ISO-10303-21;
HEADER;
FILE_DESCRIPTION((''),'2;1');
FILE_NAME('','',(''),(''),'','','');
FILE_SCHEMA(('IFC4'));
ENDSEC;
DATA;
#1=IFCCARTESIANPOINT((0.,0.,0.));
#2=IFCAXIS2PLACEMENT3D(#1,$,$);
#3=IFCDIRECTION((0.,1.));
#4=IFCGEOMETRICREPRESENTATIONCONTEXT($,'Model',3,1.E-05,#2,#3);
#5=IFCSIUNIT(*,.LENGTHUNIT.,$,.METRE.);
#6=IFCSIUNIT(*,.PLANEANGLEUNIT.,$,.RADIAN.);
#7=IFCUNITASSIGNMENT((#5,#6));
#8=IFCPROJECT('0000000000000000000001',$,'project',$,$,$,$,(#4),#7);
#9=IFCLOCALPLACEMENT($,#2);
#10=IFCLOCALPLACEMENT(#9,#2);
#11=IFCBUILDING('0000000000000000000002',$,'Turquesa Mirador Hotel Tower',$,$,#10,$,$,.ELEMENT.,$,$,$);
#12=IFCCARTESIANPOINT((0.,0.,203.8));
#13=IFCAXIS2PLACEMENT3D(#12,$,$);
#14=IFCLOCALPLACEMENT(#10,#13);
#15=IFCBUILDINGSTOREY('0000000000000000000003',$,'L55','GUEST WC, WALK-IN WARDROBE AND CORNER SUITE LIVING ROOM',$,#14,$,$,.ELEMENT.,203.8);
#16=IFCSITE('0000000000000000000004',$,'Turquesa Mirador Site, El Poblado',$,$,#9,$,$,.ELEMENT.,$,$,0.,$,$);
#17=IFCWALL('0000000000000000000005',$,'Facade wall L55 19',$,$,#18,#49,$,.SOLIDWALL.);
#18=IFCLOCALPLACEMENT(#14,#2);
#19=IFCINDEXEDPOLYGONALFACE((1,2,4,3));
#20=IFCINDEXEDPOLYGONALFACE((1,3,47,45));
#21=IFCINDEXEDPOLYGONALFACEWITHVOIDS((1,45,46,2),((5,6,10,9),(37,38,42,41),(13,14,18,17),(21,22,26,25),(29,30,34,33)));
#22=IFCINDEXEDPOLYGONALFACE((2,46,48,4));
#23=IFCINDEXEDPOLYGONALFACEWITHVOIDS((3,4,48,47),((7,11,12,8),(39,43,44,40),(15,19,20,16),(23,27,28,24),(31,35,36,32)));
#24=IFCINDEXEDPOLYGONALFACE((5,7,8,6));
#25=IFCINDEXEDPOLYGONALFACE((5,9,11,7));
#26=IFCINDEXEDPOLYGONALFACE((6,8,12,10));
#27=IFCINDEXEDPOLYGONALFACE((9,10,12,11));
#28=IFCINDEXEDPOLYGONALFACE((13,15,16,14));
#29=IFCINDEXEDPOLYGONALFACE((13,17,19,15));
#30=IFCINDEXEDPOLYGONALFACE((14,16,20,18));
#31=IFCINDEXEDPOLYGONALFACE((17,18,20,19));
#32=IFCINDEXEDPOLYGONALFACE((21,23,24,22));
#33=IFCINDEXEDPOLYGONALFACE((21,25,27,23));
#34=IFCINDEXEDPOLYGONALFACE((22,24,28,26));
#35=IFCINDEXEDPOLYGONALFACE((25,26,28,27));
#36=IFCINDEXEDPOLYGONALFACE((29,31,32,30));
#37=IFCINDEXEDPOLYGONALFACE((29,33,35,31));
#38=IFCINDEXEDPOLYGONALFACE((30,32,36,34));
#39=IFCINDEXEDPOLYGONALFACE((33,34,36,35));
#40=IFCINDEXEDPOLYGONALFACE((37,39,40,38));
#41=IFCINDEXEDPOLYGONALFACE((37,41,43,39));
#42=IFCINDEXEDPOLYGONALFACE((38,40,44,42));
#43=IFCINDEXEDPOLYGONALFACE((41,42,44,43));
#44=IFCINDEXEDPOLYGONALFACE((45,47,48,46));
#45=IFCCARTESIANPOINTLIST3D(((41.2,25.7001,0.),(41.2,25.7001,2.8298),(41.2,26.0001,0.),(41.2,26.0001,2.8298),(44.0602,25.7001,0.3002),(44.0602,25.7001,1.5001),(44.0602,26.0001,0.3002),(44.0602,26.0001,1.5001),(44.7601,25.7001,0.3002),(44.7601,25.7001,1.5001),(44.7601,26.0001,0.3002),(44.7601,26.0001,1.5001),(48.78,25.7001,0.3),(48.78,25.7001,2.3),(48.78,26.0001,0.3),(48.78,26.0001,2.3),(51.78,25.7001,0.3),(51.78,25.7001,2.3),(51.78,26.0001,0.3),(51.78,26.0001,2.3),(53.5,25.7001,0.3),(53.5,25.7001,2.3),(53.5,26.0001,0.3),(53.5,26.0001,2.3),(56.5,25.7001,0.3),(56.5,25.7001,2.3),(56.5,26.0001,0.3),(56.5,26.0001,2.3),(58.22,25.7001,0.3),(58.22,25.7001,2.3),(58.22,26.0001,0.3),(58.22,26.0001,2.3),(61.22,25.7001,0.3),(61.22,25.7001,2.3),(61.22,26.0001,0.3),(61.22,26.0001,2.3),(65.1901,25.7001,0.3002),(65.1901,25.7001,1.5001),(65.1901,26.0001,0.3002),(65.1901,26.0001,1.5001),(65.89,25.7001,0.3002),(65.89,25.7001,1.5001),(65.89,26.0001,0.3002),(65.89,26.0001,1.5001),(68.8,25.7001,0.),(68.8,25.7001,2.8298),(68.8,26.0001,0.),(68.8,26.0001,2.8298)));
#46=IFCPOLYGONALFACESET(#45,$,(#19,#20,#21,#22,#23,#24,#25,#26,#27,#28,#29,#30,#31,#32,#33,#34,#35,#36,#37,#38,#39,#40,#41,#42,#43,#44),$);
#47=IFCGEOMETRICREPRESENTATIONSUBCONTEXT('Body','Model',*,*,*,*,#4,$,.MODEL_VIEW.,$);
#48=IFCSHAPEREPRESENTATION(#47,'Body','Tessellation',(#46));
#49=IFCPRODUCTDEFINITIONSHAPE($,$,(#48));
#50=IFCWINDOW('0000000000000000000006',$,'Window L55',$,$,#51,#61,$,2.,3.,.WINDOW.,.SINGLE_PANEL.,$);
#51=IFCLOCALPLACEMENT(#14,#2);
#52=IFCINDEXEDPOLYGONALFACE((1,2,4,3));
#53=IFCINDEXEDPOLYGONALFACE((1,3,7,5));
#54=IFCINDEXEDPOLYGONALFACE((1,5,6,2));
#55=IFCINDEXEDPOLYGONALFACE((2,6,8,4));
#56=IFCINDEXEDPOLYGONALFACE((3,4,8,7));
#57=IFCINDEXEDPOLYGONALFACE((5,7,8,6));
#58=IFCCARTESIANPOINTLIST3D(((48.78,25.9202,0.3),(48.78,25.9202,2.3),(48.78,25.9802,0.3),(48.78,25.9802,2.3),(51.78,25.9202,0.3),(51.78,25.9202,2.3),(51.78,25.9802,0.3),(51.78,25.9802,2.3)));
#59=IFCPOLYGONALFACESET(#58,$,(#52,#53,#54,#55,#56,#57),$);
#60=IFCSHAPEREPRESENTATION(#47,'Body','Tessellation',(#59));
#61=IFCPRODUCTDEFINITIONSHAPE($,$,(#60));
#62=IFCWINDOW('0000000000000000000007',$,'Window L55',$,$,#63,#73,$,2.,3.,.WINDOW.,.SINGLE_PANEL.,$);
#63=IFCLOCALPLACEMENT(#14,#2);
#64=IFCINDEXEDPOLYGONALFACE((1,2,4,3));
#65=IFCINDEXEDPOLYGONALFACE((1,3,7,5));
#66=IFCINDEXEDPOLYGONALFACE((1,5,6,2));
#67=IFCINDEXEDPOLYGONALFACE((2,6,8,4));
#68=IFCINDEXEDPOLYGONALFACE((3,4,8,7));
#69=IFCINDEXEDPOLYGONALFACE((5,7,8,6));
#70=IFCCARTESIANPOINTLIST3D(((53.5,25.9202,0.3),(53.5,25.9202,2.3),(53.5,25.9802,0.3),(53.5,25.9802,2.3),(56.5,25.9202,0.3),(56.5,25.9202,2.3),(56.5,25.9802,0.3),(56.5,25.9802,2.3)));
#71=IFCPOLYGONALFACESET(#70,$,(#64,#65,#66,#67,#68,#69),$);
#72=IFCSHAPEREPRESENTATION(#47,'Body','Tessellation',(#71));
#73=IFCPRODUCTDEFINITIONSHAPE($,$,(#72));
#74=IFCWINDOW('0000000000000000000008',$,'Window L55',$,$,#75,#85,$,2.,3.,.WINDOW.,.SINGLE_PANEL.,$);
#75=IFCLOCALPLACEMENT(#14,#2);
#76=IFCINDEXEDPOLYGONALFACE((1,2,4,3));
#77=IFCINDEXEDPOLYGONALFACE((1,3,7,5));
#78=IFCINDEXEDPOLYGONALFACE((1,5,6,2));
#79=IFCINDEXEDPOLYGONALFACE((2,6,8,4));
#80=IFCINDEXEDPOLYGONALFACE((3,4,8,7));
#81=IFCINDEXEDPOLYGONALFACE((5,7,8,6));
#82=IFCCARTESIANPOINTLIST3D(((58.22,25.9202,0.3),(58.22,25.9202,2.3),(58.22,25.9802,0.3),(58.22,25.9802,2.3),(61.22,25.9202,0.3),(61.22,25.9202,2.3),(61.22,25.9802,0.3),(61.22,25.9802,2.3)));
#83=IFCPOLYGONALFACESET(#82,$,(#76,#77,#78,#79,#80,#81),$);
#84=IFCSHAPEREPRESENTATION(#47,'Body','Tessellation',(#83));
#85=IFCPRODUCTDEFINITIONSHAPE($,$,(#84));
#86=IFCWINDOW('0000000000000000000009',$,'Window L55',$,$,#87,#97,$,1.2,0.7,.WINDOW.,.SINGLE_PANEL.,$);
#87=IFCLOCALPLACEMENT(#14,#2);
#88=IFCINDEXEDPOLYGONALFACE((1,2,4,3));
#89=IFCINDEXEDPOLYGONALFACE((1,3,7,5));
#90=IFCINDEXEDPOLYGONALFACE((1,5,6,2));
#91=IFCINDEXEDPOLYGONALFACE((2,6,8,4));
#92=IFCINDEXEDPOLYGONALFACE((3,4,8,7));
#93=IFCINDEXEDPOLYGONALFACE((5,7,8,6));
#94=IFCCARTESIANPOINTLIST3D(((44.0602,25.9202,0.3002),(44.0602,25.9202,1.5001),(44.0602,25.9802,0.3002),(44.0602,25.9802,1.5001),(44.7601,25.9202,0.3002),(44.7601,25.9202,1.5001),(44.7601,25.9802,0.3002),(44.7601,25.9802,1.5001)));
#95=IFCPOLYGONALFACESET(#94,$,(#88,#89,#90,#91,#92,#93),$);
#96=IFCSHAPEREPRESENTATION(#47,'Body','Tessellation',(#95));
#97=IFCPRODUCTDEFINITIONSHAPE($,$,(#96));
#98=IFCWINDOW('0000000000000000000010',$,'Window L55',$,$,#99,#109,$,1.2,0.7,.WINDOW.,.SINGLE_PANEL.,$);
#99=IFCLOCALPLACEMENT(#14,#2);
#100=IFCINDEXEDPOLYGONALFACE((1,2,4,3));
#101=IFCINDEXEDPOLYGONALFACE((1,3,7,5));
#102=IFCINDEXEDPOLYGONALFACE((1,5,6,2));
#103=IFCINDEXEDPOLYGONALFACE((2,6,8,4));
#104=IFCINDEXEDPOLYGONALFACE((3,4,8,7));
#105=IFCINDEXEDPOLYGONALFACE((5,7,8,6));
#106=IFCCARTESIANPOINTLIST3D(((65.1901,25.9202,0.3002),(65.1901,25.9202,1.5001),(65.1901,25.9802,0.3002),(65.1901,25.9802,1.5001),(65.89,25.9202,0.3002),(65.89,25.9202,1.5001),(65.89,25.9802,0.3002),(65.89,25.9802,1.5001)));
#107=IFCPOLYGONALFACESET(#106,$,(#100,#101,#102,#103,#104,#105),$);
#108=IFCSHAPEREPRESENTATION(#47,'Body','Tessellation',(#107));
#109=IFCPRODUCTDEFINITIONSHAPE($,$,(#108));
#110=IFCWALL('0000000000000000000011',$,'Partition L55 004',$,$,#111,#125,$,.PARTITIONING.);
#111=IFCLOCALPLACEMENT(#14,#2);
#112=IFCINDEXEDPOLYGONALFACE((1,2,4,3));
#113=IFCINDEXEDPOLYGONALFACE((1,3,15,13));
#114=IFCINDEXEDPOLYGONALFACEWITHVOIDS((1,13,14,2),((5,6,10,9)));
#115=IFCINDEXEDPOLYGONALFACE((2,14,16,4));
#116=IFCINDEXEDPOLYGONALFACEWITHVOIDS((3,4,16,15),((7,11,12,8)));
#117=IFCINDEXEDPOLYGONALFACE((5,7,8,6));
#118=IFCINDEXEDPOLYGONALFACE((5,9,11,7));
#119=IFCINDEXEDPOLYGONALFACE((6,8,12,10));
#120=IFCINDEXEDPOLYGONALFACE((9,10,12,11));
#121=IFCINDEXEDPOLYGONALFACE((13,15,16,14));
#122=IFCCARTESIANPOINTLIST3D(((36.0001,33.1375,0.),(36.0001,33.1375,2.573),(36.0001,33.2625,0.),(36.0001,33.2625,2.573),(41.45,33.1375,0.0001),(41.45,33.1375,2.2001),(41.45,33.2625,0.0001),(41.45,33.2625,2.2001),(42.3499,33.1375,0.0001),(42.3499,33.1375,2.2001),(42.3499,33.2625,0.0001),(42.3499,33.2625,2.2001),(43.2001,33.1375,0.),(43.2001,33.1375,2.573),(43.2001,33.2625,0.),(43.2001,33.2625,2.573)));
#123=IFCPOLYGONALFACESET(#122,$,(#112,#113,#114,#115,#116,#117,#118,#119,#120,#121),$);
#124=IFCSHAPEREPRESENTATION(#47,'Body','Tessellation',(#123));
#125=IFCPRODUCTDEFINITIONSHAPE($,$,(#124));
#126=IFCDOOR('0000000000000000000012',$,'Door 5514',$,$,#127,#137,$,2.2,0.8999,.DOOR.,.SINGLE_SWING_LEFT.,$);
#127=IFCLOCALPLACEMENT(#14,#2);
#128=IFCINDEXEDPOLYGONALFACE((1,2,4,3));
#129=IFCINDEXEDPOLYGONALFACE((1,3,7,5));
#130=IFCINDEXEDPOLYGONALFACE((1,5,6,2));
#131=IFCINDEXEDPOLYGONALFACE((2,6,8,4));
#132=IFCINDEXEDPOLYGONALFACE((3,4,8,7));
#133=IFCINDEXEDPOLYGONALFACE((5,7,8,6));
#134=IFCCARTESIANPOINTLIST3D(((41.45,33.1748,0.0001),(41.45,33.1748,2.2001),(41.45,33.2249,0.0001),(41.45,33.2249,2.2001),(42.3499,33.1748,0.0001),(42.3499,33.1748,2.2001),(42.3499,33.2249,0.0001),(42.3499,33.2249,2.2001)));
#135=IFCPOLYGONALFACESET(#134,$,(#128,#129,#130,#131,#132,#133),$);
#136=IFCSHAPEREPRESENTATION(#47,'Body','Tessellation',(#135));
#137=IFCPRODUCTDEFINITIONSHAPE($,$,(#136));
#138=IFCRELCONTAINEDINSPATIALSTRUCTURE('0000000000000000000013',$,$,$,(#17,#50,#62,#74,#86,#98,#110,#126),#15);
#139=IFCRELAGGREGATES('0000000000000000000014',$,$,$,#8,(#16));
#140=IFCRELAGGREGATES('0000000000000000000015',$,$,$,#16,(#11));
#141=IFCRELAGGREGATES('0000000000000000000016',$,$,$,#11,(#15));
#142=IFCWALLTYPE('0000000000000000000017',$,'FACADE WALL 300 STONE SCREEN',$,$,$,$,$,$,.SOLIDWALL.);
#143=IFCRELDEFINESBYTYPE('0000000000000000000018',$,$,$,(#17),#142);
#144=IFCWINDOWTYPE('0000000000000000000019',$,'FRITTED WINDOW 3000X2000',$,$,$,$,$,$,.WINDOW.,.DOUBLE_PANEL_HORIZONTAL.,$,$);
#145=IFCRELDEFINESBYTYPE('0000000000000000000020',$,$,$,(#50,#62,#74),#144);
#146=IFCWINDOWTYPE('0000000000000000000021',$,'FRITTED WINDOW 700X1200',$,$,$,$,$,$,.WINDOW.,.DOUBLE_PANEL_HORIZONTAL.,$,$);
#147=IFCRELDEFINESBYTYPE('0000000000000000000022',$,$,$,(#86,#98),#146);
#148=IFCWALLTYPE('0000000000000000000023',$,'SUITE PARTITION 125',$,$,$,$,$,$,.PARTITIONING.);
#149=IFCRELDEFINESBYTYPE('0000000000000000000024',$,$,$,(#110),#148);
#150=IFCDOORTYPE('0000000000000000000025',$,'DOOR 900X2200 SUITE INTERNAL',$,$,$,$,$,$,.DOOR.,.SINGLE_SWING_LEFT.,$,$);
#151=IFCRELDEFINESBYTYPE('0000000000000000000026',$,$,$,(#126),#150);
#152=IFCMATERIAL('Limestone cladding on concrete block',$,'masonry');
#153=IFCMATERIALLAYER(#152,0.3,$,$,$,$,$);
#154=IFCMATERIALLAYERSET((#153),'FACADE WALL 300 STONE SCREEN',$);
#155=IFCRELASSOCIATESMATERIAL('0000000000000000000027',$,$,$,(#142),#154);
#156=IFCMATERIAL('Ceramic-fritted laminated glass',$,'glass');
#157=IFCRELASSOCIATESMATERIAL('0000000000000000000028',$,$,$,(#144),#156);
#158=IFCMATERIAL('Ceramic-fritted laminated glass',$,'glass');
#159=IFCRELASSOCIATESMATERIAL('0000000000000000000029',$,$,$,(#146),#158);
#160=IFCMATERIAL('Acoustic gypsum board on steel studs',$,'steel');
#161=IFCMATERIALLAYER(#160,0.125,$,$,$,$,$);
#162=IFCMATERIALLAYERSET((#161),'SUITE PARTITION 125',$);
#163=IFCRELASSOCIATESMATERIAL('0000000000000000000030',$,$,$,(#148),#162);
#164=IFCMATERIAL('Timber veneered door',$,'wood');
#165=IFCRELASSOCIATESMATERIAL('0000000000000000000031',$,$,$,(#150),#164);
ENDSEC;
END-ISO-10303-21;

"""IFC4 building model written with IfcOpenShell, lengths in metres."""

from ifc_helpers import new_model, si_unit, direction, frame, frame_2d, origin, place, context, subcontext, project, spatial, rectangle, extrude, material, layer, layer_set, type_object, element, fill, save


model = new_model("IFC4")

# Units and contexts
model_context = context("Model", 3, precision=1e-05, world=origin(), true_north=direction((0.0, 1.0)))
body_context = subcontext(model_context, "Body", "Model", "MODEL_VIEW")
ifc_project = project(units=[si_unit("LENGTHUNIT", "METRE"), si_unit("PLANEANGLEUNIT", "RADIAN")], contexts=[model_context])

# Site, building, storey
site_placement = place(None, origin())
site = spatial("IfcSite", under=ifc_project, at=site_placement, Name="Turquesa Mirador Site, El Poblado", CompositionType="ELEMENT", RefElevation=0.0)
building_placement = place(site_placement, origin())
building = spatial("IfcBuilding", under=site, at=building_placement, Name="Turquesa Mirador Hotel Tower", CompositionType="ELEMENT")
storey_placement = place(building_placement, frame((0.0, 0.0, 203.8)))
storey = spatial("IfcBuildingStorey", under=building, at=storey_placement, Name="L55", Description="GUEST WC, WALK-IN WARDROBE AND CORNER SUITE LIVING ROOM", CompositionType="ELEMENT", Elevation=203.8)

# Shared definitions
ifc_material_1 = material(Name="Limestone cladding on concrete block", Category="masonry")
ifc_layer_1 = layer(ifc_material_1, 0.3)
ifc_layer_set_1 = layer_set([ifc_layer_1], Name="FACADE WALL 300 STONE SCREEN")
wall_type_1 = type_object("IfcWallType", Name="FACADE WALL 300 STONE SCREEN", PredefinedType="SOLIDWALL", material=ifc_layer_set_1)

# Wall, openings, windows
wall_1_placement = place(storey_placement, frame((41.2, 25.8501, 0.0), z_axis=(0.0, 0.0, 1.0), x_axis=(1.0, 0.0, 0.0)))
wall_1 = element("IfcWall", 1, at=wall_1_placement, inside=storey, type_object=wall_type_1, Name="Facade wall L55 19", PredefinedType="SOLIDWALL", context=body_context, shape_type="SweptSolid", body=[
    extrude(rectangle(XDim=27.6001, YDim=0.3, at=frame_2d((13.8, 0.0))), origin(), (0.0, 0.0, 1.0), 2.8298),
])
opening_1_placement = place(wall_1_placement, frame((2.8601, 0.0, 0.3)))
opening_1 = element("IfcOpeningElement", 2, at=opening_1_placement, cuts=wall_1, PredefinedType="OPENING", context=body_context, shape_type="SweptSolid", body=[
    extrude(rectangle(XDim=0.7, YDim=1.2, at=frame_2d((0.3501, 0.6001))), frame((0.0, 0.1599, 0.0), z_axis=(0.0, -1.0, 0.0), x_axis=(1.0, 0.0, 0.0)), (0.0, 0.0, 1.0), 0.3201),
])
opening_2_placement = place(wall_1_placement, frame((7.5801, 0.0, 0.3)))
opening_2 = element("IfcOpeningElement", 3, at=opening_2_placement, cuts=wall_1, PredefinedType="OPENING", context=body_context, shape_type="SweptSolid", body=[
    extrude(rectangle(XDim=3.0, YDim=2.0, at=frame_2d((1.5, 1.0))), frame((0.0, 0.1599, 0.0), z_axis=(0.0, -1.0, 0.0), x_axis=(1.0, 0.0, 0.0)), (0.0, 0.0, 1.0), 0.3201),
])
opening_3_placement = place(wall_1_placement, frame((12.3, 0.0, 0.3)))
opening_3 = element("IfcOpeningElement", 4, at=opening_3_placement, cuts=wall_1, PredefinedType="OPENING", context=body_context, shape_type="SweptSolid", body=[
    extrude(rectangle(XDim=3.0, YDim=2.0, at=frame_2d((1.5, 1.0))), frame((0.0, 0.1599, 0.0), z_axis=(0.0, -1.0, 0.0), x_axis=(1.0, 0.0, 0.0)), (0.0, 0.0, 1.0), 0.3201),
])
opening_4_placement = place(wall_1_placement, frame((17.02, 0.0, 0.3)))
opening_4 = element("IfcOpeningElement", 5, at=opening_4_placement, cuts=wall_1, PredefinedType="OPENING", context=body_context, shape_type="SweptSolid", body=[
    extrude(rectangle(XDim=3.0, YDim=2.0, at=frame_2d((1.5, 1.0))), frame((0.0, 0.1599, 0.0), z_axis=(0.0, -1.0, 0.0), x_axis=(1.0, 0.0, 0.0)), (0.0, 0.0, 1.0), 0.3201),
])
opening_5_placement = place(wall_1_placement, frame((23.99, 0.0, 0.3)))
opening_5 = element("IfcOpeningElement", 6, at=opening_5_placement, cuts=wall_1, PredefinedType="OPENING", context=body_context, shape_type="SweptSolid", body=[
    extrude(rectangle(XDim=0.7, YDim=1.2, at=frame_2d((0.3501, 0.6001))), frame((0.0, 0.1599, 0.0), z_axis=(0.0, -1.0, 0.0), x_axis=(1.0, 0.0, 0.0)), (0.0, 0.0, 1.0), 0.3201),
])
ifc_material_2 = material(Name="Ceramic-fritted laminated glass", Category="glass")
window_type_1 = type_object("IfcWindowType", Name="FRITTED WINDOW 3000X2000", PartitioningType="DOUBLE_PANEL_HORIZONTAL", PredefinedType="WINDOW", material=ifc_material_2)
window_1_placement = place(opening_2_placement, origin())
window_1 = element("IfcWindow", 7, at=window_1_placement, inside=storey, type_object=window_type_1, Name="Window L55", OverallHeight=2.0, OverallWidth=3.0, PartitioningType="SINGLE_PANEL", PredefinedType="WINDOW", context=body_context, shape_type="SweptSolid", body=[
    extrude(rectangle(XDim=3.0, YDim=2.0, at=frame_2d((1.5, 1.0))), frame((0.0, 0.1301, 0.0), z_axis=(0.0, -1.0, 0.0), x_axis=(1.0, 0.0, 0.0)), (0.0, 0.0, 1.0), 0.0601),
])
fill(opening_2, window_1)
window_2_placement = place(opening_3_placement, origin())
window_2 = element("IfcWindow", 8, at=window_2_placement, inside=storey, type_object=window_type_1, Name="Window L55", OverallHeight=2.0, OverallWidth=3.0, PartitioningType="SINGLE_PANEL", PredefinedType="WINDOW", context=body_context, shape_type="SweptSolid", body=[
    extrude(rectangle(XDim=3.0, YDim=2.0, at=frame_2d((1.5, 1.0))), frame((0.0, 0.1301, 0.0), z_axis=(0.0, -1.0, 0.0), x_axis=(1.0, 0.0, 0.0)), (0.0, 0.0, 1.0), 0.0601),
])
fill(opening_3, window_2)
window_3_placement = place(opening_4_placement, origin())
window_3 = element("IfcWindow", 9, at=window_3_placement, inside=storey, type_object=window_type_1, Name="Window L55", OverallHeight=2.0, OverallWidth=3.0, PartitioningType="SINGLE_PANEL", PredefinedType="WINDOW", context=body_context, shape_type="SweptSolid", body=[
    extrude(rectangle(XDim=3.0, YDim=2.0, at=frame_2d((1.5, 1.0))), frame((0.0, 0.1301, 0.0), z_axis=(0.0, -1.0, 0.0), x_axis=(1.0, 0.0, 0.0)), (0.0, 0.0, 1.0), 0.0601),
])
fill(opening_4, window_3)
ifc_material_3 = material(Name="Ceramic-fritted laminated glass", Category="glass")
window_type_2 = type_object("IfcWindowType", Name="FRITTED WINDOW 700X1200", PartitioningType="DOUBLE_PANEL_HORIZONTAL", PredefinedType="WINDOW", material=ifc_material_3)
window_4_placement = place(opening_1_placement, origin())
window_4 = element("IfcWindow", 10, at=window_4_placement, inside=storey, type_object=window_type_2, Name="Window L55", OverallHeight=1.2, OverallWidth=0.7, PartitioningType="SINGLE_PANEL", PredefinedType="WINDOW", context=body_context, shape_type="SweptSolid", body=[
    extrude(rectangle(XDim=0.7, YDim=1.2, at=frame_2d((0.3501, 0.6001))), frame((0.0, 0.1301, 0.0), z_axis=(0.0, -1.0, 0.0), x_axis=(1.0, 0.0, 0.0)), (0.0, 0.0, 1.0), 0.0601),
])
fill(opening_1, window_4)
window_5_placement = place(opening_5_placement, origin())
window_5 = element("IfcWindow", 11, at=window_5_placement, inside=storey, type_object=window_type_2, Name="Window L55", OverallHeight=1.2, OverallWidth=0.7, PartitioningType="SINGLE_PANEL", PredefinedType="WINDOW", context=body_context, shape_type="SweptSolid", body=[
    extrude(rectangle(XDim=0.7, YDim=1.2, at=frame_2d((0.3501, 0.6001))), frame((0.0, 0.1301, 0.0), z_axis=(0.0, -1.0, 0.0), x_axis=(1.0, 0.0, 0.0)), (0.0, 0.0, 1.0), 0.0601),
])
fill(opening_5, window_5)

# Wall, opening, door
ifc_material_4 = material(Name="Acoustic gypsum board on steel studs", Category="steel")
ifc_layer_2 = layer(ifc_material_4, 0.125)
ifc_layer_set_2 = layer_set([ifc_layer_2], Name="SUITE PARTITION 125")
wall_type_2 = type_object("IfcWallType", Name="SUITE PARTITION 125", PredefinedType="PARTITIONING", material=ifc_layer_set_2)
wall_2_placement = place(storey_placement, frame((36.0, 33.2, 0.0), z_axis=(0.0, 0.0, 1.0), x_axis=(1.0, 0.0, 0.0)))
wall_2 = element("IfcWall", 12, at=wall_2_placement, inside=storey, type_object=wall_type_2, Name="Partition L55 004", PredefinedType="PARTITIONING", context=body_context, shape_type="SweptSolid", body=[
    extrude(rectangle(XDim=7.2, YDim=0.125, at=frame_2d((3.6001, 0.0))), origin(), (0.0, 0.0, 1.0), 2.573),
])
opening_6_placement = place(wall_2_placement, frame((5.45, 0.0, 0.0)))
opening_6 = element("IfcOpeningElement", 13, at=opening_6_placement, cuts=wall_2, PredefinedType="OPENING", context=body_context, shape_type="SweptSolid", body=[
    extrude(rectangle(XDim=0.8999, YDim=2.2, at=frame_2d((0.45, 1.1001))), frame((0.0, 0.0725, 0.0), z_axis=(0.0, -1.0, 0.0), x_axis=(1.0, 0.0, 0.0)), (0.0, 0.0, 1.0), 0.145),
])
ifc_material_5 = material(Name="Timber veneered door", Category="wood")
door_type = type_object("IfcDoorType", Name="DOOR 900X2200 SUITE INTERNAL", OperationType="SINGLE_SWING_LEFT", PredefinedType="DOOR", material=ifc_material_5)
door_placement = place(opening_6_placement, origin())
door = element("IfcDoor", 14, at=door_placement, inside=storey, type_object=door_type, Name="Door 5514", OperationType="SINGLE_SWING_LEFT", OverallHeight=2.2, OverallWidth=0.8999, PredefinedType="DOOR", context=body_context, shape_type="SweptSolid", body=[
    extrude(rectangle(XDim=0.8999, YDim=2.2, at=frame_2d((0.45, 1.1001))), frame((0.0, 0.0249, 0.0), z_axis=(0.0, -1.0, 0.0), x_axis=(1.0, 0.0, 0.0)), (0.0, 0.0, 1.0), 0.05),
])
fill(opening_6, door)

save(model, "model.ifc")
